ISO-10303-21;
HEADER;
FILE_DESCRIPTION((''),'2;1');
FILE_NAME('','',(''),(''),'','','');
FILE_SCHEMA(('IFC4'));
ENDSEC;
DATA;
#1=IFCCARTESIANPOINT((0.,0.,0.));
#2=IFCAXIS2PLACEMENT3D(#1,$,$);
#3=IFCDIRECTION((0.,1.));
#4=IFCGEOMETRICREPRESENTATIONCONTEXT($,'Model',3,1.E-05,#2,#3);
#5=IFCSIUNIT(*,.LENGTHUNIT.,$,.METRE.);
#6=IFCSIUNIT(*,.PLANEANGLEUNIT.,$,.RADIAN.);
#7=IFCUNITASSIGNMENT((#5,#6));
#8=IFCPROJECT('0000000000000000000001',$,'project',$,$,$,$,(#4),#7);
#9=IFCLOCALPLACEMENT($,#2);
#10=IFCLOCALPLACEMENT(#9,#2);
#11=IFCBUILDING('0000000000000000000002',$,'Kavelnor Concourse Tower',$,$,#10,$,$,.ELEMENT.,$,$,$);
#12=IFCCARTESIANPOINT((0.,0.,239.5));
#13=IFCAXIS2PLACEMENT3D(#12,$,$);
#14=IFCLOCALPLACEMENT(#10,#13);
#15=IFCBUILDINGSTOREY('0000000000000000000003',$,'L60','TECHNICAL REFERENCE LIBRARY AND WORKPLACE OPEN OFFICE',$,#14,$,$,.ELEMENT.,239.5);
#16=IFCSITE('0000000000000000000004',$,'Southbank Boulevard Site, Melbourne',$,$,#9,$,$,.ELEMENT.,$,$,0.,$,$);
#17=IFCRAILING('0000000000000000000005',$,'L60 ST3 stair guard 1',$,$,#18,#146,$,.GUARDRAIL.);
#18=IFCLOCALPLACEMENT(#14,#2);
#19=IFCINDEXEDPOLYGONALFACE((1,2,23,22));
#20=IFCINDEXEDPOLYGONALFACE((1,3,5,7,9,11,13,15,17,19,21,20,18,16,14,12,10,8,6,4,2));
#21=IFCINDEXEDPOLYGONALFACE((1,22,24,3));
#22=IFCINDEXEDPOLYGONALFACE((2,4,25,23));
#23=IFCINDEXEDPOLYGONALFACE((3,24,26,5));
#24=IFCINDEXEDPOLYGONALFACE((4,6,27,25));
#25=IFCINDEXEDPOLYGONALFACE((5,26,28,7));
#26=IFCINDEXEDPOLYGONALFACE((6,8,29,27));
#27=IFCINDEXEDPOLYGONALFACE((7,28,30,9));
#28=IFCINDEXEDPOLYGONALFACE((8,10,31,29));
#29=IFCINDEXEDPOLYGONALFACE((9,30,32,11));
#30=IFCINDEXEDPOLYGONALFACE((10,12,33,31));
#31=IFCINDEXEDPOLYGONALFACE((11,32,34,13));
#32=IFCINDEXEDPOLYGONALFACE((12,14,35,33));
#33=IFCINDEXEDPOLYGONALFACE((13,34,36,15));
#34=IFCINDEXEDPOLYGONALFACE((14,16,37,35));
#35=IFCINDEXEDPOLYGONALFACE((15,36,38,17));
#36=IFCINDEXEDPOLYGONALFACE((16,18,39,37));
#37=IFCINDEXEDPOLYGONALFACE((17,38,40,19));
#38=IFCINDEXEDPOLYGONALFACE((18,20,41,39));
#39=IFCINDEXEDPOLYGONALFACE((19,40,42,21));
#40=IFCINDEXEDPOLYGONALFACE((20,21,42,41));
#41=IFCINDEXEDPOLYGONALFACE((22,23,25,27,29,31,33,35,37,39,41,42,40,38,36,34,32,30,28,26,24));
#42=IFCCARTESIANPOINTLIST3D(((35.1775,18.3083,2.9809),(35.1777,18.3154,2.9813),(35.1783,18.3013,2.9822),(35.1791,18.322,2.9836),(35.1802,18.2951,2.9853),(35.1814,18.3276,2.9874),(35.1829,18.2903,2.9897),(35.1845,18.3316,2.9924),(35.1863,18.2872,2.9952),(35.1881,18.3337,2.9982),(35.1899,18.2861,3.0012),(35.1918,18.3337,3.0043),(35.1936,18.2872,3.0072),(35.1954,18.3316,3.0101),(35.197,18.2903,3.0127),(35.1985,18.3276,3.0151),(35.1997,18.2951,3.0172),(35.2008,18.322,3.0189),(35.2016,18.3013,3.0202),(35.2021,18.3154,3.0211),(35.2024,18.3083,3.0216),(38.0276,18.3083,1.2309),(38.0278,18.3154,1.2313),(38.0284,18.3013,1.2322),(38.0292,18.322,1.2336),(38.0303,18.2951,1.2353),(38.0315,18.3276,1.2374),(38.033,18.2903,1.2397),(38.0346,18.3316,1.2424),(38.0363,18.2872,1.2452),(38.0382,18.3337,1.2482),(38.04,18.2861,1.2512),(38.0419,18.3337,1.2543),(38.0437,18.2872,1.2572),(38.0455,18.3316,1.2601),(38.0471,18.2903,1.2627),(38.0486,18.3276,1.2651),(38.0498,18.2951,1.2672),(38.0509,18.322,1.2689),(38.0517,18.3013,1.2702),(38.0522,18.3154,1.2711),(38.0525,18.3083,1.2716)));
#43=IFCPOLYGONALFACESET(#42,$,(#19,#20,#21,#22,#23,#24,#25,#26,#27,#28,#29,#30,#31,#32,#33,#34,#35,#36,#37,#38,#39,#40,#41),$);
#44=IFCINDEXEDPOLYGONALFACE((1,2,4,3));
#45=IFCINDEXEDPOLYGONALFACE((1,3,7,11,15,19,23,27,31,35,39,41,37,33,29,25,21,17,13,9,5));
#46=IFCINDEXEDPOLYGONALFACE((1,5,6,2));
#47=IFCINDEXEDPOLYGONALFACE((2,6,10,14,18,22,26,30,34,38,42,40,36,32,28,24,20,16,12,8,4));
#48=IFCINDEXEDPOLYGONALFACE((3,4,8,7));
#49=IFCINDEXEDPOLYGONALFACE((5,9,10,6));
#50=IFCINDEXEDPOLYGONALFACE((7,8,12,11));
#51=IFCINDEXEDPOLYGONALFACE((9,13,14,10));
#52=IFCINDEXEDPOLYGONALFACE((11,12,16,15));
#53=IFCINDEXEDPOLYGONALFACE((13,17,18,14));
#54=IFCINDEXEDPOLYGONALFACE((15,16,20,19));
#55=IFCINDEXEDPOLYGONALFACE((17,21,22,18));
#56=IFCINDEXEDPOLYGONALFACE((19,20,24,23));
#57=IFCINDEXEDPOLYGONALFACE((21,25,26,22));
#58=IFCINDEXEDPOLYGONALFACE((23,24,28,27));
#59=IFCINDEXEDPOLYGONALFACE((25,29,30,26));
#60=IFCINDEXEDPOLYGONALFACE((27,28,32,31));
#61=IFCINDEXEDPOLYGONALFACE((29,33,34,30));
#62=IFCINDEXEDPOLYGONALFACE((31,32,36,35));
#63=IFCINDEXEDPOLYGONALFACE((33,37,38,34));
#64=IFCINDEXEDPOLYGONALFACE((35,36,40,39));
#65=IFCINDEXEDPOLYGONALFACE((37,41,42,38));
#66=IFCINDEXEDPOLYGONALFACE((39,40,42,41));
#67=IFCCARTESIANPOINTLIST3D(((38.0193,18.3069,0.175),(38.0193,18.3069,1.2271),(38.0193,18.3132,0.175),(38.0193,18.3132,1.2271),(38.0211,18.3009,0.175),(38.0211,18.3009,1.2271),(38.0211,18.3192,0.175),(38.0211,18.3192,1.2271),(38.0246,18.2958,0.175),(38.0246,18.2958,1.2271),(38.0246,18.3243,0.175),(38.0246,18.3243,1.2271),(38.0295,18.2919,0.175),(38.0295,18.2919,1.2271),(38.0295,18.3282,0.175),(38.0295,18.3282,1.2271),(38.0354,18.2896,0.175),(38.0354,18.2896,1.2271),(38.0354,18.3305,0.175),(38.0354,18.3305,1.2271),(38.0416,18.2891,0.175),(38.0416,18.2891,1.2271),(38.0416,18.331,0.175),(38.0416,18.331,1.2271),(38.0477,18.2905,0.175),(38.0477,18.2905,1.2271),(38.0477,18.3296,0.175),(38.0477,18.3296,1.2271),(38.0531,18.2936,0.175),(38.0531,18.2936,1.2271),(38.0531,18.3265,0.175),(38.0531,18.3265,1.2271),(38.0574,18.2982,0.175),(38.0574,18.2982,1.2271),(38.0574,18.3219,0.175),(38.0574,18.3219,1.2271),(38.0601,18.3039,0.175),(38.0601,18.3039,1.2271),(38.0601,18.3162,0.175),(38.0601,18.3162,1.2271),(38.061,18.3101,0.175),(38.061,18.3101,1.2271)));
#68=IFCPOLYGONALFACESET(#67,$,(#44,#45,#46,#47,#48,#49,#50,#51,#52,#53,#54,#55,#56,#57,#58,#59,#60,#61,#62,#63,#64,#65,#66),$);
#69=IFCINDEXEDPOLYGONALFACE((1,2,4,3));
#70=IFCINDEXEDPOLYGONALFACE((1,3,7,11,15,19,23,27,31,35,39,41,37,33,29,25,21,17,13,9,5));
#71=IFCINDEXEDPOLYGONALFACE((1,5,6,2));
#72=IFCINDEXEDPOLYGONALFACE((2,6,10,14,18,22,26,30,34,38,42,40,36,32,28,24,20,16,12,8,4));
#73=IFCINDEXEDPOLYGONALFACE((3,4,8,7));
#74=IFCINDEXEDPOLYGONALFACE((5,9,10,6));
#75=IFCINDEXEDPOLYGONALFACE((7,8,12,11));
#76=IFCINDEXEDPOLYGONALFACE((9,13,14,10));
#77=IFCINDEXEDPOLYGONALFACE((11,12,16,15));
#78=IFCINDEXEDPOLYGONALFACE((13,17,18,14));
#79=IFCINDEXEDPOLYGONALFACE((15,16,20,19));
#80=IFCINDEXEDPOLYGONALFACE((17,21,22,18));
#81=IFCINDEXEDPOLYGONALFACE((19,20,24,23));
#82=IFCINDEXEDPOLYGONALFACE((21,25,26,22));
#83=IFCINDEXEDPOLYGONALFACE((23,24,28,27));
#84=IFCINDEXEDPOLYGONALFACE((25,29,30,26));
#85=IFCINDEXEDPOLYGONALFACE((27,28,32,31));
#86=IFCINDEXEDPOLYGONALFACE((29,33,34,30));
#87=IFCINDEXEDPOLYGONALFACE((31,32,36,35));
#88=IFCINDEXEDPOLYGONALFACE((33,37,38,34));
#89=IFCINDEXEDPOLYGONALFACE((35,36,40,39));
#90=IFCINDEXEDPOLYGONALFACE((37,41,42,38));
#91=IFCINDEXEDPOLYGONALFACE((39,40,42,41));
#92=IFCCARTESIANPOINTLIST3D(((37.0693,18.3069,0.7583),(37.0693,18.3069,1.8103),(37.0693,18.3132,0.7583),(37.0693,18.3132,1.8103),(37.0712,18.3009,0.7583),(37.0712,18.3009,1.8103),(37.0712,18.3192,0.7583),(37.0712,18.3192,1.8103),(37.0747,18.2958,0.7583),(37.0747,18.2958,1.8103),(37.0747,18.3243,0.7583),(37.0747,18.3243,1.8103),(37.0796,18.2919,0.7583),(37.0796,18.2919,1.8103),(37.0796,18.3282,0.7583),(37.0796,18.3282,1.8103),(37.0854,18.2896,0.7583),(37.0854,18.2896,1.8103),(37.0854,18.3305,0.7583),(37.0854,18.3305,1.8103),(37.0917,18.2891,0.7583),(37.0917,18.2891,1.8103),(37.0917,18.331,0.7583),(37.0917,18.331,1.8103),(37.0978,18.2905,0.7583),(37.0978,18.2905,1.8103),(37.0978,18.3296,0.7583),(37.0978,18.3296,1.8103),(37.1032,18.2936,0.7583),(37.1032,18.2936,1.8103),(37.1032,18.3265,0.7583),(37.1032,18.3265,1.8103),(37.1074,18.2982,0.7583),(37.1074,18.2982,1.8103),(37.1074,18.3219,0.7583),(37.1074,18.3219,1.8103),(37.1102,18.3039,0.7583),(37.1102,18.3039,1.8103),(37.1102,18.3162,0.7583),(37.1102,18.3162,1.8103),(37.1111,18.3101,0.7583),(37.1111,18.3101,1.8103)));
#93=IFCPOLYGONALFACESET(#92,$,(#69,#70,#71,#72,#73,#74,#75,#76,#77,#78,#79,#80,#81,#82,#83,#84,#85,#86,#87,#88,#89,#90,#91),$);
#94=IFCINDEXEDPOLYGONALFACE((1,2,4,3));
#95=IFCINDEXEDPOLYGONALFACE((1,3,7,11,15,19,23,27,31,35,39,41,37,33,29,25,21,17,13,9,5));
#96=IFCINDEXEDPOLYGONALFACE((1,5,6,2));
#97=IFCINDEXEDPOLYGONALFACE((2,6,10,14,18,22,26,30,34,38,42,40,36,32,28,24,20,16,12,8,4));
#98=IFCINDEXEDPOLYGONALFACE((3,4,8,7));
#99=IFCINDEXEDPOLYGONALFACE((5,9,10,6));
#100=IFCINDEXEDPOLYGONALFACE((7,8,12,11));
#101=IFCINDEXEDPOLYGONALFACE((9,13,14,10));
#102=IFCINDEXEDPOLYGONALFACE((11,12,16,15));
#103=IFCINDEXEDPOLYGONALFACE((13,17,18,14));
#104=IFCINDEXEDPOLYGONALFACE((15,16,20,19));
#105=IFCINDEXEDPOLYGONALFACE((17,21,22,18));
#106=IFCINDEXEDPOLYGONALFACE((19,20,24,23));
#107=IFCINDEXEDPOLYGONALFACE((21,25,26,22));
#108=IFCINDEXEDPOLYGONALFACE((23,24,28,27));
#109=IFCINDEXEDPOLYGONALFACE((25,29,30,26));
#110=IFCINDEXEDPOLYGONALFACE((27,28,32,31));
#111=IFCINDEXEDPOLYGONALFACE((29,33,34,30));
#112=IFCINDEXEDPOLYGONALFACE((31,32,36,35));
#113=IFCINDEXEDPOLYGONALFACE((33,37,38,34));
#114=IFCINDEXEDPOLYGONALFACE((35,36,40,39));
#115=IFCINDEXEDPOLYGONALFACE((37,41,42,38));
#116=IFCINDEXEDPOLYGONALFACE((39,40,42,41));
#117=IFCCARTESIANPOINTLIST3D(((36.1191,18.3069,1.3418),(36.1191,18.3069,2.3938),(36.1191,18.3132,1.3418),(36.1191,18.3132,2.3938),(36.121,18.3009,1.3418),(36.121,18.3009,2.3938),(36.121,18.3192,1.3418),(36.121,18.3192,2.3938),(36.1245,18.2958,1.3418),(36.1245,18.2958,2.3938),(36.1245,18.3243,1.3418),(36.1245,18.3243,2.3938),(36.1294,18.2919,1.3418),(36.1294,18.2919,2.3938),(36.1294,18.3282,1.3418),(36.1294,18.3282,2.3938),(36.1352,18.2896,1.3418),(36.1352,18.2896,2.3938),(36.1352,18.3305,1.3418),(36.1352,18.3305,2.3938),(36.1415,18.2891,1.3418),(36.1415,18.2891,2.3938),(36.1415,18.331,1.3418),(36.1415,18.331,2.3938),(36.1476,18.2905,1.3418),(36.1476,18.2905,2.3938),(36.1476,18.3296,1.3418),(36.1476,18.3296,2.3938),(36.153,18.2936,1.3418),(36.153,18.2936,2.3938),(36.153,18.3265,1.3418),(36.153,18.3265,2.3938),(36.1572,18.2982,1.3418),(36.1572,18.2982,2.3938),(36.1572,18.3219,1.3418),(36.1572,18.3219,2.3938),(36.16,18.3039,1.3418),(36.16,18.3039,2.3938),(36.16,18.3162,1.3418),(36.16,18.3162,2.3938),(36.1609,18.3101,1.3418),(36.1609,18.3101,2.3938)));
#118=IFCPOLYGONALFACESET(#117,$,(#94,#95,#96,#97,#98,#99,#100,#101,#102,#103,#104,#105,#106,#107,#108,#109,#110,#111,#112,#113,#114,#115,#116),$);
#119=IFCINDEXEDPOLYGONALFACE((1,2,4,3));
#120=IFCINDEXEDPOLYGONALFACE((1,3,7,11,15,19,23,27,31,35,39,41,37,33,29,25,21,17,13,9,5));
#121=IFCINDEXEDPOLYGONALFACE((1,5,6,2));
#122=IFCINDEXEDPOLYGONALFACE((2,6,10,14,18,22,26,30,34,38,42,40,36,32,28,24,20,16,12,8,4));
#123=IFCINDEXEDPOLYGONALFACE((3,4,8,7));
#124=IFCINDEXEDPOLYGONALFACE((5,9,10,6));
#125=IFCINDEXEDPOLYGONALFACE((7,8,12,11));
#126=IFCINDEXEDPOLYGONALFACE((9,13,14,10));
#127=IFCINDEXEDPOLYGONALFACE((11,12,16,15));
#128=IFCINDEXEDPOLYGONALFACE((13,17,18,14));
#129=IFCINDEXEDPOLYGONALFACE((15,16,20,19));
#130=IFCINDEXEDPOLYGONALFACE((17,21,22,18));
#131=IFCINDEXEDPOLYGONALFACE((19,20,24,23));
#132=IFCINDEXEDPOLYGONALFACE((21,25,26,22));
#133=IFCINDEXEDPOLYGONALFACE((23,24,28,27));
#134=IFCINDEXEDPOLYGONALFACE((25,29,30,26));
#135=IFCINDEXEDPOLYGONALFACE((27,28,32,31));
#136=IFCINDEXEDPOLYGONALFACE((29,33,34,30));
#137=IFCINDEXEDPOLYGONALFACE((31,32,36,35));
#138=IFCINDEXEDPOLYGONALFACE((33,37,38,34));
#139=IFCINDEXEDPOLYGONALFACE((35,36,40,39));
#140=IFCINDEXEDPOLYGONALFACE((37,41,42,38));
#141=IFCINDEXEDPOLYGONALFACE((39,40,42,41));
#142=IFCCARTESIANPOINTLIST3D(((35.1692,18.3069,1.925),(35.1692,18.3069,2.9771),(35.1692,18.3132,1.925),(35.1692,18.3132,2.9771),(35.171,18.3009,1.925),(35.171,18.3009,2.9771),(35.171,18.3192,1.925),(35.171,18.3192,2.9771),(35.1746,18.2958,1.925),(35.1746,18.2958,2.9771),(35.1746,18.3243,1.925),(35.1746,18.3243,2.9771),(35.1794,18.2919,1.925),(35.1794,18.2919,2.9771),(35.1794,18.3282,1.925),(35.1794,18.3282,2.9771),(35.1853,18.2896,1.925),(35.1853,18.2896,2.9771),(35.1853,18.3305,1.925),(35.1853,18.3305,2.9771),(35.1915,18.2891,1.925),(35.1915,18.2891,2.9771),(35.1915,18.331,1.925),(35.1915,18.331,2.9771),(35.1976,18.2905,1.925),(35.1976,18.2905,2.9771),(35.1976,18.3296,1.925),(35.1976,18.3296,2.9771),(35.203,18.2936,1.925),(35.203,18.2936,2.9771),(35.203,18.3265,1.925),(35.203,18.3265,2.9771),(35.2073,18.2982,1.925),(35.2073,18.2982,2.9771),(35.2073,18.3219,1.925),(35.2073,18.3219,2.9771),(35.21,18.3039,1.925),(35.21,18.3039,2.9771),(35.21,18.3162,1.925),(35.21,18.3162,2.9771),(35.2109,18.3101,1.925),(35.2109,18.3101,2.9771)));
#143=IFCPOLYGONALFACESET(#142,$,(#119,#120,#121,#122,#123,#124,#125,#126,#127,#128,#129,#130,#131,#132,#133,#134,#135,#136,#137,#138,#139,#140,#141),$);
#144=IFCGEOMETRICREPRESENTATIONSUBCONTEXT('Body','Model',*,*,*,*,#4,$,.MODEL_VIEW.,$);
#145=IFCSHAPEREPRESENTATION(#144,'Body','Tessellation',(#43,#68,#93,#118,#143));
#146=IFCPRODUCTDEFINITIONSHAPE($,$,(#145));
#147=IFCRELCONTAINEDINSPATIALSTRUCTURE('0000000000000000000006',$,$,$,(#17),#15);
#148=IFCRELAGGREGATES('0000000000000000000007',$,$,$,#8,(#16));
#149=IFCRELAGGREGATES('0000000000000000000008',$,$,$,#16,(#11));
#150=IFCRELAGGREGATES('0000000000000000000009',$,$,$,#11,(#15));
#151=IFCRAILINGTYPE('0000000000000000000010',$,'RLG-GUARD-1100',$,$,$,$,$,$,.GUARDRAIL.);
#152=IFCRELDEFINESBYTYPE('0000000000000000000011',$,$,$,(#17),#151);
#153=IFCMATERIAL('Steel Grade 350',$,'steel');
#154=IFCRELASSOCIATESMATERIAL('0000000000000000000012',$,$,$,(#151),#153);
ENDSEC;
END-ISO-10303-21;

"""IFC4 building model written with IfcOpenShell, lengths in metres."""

from ifc_helpers import new_model, si_unit, direction, frame, origin, origin_2d, place, context, subcontext, project, spatial, circle, extrude, material, type_object, element, save


model = new_model("IFC4")

# Units and contexts
model_context = context("Model", 3, precision=1e-05, world=origin(), true_north=direction((0.0, 1.0)))
body_context = subcontext(model_context, "Body", "Model", "MODEL_VIEW")
ifc_project = project(units=[si_unit("LENGTHUNIT", "METRE"), si_unit("PLANEANGLEUNIT", "RADIAN")], contexts=[model_context])

# Site, building, storey
site_placement = place(None, origin())
site = spatial("IfcSite", under=ifc_project, at=site_placement, Name="Southbank Boulevard Site, Melbourne", CompositionType="ELEMENT", RefElevation=0.0)
building_placement = place(site_placement, origin())
building = spatial("IfcBuilding", under=site, at=building_placement, Name="Kavelnor Concourse Tower", CompositionType="ELEMENT")
storey_placement = place(building_placement, frame((0.0, 0.0, 239.5)))
storey = spatial("IfcBuildingStorey", under=building, at=storey_placement, Name="L60", Description="TECHNICAL REFERENCE LIBRARY AND WORKPLACE OPEN OFFICE", CompositionType="ELEMENT", Elevation=239.5)

# Shared definitions
ifc_material_1 = material(Name="Steel Grade 350", Category="steel")

# Railing
railing_type_1 = type_object("IfcRailingType", Name="RLG-GUARD-1100", PredefinedType="GUARDRAIL", material=ifc_material_1)
railing_1_placement = place(storey_placement, frame((38.04, 18.3101, 0.175)))
element("IfcRailing", 1, at=railing_1_placement, inside=storey, type_object=railing_type_1, Name="L60 ST3 stair guard 1", PredefinedType="GUARDRAIL", context=body_context, shape_type="SweptSolid", body=[
    extrude(circle(Radius=0.0239, at=origin_2d()), frame((0.0, 0.0, 1.0762), z_axis=(-0.852179, 0.0, 0.52325), x_axis=(0.0, -1.0, 0.0)), (0.0, 0.0, 1.0), 3.3445),
    extrude(circle(Radius=0.021, at=origin_2d()), origin(), (0.0, 0.0, 1.0), 1.052),
    extrude(circle(Radius=0.021, at=origin_2d()), frame((-0.95, 0.0, 0.5833)), (0.0, 0.0, 1.0), 1.052),
    extrude(circle(Radius=0.021, at=origin_2d()), frame((-1.9001, 0.0, 1.1667)), (0.0, 0.0, 1.0), 1.052),
    extrude(circle(Radius=0.021, at=origin_2d()), frame((-2.8501, 0.0, 1.75)), (0.0, 0.0, 1.0), 1.052),
])

save(model, "model.ifc")
